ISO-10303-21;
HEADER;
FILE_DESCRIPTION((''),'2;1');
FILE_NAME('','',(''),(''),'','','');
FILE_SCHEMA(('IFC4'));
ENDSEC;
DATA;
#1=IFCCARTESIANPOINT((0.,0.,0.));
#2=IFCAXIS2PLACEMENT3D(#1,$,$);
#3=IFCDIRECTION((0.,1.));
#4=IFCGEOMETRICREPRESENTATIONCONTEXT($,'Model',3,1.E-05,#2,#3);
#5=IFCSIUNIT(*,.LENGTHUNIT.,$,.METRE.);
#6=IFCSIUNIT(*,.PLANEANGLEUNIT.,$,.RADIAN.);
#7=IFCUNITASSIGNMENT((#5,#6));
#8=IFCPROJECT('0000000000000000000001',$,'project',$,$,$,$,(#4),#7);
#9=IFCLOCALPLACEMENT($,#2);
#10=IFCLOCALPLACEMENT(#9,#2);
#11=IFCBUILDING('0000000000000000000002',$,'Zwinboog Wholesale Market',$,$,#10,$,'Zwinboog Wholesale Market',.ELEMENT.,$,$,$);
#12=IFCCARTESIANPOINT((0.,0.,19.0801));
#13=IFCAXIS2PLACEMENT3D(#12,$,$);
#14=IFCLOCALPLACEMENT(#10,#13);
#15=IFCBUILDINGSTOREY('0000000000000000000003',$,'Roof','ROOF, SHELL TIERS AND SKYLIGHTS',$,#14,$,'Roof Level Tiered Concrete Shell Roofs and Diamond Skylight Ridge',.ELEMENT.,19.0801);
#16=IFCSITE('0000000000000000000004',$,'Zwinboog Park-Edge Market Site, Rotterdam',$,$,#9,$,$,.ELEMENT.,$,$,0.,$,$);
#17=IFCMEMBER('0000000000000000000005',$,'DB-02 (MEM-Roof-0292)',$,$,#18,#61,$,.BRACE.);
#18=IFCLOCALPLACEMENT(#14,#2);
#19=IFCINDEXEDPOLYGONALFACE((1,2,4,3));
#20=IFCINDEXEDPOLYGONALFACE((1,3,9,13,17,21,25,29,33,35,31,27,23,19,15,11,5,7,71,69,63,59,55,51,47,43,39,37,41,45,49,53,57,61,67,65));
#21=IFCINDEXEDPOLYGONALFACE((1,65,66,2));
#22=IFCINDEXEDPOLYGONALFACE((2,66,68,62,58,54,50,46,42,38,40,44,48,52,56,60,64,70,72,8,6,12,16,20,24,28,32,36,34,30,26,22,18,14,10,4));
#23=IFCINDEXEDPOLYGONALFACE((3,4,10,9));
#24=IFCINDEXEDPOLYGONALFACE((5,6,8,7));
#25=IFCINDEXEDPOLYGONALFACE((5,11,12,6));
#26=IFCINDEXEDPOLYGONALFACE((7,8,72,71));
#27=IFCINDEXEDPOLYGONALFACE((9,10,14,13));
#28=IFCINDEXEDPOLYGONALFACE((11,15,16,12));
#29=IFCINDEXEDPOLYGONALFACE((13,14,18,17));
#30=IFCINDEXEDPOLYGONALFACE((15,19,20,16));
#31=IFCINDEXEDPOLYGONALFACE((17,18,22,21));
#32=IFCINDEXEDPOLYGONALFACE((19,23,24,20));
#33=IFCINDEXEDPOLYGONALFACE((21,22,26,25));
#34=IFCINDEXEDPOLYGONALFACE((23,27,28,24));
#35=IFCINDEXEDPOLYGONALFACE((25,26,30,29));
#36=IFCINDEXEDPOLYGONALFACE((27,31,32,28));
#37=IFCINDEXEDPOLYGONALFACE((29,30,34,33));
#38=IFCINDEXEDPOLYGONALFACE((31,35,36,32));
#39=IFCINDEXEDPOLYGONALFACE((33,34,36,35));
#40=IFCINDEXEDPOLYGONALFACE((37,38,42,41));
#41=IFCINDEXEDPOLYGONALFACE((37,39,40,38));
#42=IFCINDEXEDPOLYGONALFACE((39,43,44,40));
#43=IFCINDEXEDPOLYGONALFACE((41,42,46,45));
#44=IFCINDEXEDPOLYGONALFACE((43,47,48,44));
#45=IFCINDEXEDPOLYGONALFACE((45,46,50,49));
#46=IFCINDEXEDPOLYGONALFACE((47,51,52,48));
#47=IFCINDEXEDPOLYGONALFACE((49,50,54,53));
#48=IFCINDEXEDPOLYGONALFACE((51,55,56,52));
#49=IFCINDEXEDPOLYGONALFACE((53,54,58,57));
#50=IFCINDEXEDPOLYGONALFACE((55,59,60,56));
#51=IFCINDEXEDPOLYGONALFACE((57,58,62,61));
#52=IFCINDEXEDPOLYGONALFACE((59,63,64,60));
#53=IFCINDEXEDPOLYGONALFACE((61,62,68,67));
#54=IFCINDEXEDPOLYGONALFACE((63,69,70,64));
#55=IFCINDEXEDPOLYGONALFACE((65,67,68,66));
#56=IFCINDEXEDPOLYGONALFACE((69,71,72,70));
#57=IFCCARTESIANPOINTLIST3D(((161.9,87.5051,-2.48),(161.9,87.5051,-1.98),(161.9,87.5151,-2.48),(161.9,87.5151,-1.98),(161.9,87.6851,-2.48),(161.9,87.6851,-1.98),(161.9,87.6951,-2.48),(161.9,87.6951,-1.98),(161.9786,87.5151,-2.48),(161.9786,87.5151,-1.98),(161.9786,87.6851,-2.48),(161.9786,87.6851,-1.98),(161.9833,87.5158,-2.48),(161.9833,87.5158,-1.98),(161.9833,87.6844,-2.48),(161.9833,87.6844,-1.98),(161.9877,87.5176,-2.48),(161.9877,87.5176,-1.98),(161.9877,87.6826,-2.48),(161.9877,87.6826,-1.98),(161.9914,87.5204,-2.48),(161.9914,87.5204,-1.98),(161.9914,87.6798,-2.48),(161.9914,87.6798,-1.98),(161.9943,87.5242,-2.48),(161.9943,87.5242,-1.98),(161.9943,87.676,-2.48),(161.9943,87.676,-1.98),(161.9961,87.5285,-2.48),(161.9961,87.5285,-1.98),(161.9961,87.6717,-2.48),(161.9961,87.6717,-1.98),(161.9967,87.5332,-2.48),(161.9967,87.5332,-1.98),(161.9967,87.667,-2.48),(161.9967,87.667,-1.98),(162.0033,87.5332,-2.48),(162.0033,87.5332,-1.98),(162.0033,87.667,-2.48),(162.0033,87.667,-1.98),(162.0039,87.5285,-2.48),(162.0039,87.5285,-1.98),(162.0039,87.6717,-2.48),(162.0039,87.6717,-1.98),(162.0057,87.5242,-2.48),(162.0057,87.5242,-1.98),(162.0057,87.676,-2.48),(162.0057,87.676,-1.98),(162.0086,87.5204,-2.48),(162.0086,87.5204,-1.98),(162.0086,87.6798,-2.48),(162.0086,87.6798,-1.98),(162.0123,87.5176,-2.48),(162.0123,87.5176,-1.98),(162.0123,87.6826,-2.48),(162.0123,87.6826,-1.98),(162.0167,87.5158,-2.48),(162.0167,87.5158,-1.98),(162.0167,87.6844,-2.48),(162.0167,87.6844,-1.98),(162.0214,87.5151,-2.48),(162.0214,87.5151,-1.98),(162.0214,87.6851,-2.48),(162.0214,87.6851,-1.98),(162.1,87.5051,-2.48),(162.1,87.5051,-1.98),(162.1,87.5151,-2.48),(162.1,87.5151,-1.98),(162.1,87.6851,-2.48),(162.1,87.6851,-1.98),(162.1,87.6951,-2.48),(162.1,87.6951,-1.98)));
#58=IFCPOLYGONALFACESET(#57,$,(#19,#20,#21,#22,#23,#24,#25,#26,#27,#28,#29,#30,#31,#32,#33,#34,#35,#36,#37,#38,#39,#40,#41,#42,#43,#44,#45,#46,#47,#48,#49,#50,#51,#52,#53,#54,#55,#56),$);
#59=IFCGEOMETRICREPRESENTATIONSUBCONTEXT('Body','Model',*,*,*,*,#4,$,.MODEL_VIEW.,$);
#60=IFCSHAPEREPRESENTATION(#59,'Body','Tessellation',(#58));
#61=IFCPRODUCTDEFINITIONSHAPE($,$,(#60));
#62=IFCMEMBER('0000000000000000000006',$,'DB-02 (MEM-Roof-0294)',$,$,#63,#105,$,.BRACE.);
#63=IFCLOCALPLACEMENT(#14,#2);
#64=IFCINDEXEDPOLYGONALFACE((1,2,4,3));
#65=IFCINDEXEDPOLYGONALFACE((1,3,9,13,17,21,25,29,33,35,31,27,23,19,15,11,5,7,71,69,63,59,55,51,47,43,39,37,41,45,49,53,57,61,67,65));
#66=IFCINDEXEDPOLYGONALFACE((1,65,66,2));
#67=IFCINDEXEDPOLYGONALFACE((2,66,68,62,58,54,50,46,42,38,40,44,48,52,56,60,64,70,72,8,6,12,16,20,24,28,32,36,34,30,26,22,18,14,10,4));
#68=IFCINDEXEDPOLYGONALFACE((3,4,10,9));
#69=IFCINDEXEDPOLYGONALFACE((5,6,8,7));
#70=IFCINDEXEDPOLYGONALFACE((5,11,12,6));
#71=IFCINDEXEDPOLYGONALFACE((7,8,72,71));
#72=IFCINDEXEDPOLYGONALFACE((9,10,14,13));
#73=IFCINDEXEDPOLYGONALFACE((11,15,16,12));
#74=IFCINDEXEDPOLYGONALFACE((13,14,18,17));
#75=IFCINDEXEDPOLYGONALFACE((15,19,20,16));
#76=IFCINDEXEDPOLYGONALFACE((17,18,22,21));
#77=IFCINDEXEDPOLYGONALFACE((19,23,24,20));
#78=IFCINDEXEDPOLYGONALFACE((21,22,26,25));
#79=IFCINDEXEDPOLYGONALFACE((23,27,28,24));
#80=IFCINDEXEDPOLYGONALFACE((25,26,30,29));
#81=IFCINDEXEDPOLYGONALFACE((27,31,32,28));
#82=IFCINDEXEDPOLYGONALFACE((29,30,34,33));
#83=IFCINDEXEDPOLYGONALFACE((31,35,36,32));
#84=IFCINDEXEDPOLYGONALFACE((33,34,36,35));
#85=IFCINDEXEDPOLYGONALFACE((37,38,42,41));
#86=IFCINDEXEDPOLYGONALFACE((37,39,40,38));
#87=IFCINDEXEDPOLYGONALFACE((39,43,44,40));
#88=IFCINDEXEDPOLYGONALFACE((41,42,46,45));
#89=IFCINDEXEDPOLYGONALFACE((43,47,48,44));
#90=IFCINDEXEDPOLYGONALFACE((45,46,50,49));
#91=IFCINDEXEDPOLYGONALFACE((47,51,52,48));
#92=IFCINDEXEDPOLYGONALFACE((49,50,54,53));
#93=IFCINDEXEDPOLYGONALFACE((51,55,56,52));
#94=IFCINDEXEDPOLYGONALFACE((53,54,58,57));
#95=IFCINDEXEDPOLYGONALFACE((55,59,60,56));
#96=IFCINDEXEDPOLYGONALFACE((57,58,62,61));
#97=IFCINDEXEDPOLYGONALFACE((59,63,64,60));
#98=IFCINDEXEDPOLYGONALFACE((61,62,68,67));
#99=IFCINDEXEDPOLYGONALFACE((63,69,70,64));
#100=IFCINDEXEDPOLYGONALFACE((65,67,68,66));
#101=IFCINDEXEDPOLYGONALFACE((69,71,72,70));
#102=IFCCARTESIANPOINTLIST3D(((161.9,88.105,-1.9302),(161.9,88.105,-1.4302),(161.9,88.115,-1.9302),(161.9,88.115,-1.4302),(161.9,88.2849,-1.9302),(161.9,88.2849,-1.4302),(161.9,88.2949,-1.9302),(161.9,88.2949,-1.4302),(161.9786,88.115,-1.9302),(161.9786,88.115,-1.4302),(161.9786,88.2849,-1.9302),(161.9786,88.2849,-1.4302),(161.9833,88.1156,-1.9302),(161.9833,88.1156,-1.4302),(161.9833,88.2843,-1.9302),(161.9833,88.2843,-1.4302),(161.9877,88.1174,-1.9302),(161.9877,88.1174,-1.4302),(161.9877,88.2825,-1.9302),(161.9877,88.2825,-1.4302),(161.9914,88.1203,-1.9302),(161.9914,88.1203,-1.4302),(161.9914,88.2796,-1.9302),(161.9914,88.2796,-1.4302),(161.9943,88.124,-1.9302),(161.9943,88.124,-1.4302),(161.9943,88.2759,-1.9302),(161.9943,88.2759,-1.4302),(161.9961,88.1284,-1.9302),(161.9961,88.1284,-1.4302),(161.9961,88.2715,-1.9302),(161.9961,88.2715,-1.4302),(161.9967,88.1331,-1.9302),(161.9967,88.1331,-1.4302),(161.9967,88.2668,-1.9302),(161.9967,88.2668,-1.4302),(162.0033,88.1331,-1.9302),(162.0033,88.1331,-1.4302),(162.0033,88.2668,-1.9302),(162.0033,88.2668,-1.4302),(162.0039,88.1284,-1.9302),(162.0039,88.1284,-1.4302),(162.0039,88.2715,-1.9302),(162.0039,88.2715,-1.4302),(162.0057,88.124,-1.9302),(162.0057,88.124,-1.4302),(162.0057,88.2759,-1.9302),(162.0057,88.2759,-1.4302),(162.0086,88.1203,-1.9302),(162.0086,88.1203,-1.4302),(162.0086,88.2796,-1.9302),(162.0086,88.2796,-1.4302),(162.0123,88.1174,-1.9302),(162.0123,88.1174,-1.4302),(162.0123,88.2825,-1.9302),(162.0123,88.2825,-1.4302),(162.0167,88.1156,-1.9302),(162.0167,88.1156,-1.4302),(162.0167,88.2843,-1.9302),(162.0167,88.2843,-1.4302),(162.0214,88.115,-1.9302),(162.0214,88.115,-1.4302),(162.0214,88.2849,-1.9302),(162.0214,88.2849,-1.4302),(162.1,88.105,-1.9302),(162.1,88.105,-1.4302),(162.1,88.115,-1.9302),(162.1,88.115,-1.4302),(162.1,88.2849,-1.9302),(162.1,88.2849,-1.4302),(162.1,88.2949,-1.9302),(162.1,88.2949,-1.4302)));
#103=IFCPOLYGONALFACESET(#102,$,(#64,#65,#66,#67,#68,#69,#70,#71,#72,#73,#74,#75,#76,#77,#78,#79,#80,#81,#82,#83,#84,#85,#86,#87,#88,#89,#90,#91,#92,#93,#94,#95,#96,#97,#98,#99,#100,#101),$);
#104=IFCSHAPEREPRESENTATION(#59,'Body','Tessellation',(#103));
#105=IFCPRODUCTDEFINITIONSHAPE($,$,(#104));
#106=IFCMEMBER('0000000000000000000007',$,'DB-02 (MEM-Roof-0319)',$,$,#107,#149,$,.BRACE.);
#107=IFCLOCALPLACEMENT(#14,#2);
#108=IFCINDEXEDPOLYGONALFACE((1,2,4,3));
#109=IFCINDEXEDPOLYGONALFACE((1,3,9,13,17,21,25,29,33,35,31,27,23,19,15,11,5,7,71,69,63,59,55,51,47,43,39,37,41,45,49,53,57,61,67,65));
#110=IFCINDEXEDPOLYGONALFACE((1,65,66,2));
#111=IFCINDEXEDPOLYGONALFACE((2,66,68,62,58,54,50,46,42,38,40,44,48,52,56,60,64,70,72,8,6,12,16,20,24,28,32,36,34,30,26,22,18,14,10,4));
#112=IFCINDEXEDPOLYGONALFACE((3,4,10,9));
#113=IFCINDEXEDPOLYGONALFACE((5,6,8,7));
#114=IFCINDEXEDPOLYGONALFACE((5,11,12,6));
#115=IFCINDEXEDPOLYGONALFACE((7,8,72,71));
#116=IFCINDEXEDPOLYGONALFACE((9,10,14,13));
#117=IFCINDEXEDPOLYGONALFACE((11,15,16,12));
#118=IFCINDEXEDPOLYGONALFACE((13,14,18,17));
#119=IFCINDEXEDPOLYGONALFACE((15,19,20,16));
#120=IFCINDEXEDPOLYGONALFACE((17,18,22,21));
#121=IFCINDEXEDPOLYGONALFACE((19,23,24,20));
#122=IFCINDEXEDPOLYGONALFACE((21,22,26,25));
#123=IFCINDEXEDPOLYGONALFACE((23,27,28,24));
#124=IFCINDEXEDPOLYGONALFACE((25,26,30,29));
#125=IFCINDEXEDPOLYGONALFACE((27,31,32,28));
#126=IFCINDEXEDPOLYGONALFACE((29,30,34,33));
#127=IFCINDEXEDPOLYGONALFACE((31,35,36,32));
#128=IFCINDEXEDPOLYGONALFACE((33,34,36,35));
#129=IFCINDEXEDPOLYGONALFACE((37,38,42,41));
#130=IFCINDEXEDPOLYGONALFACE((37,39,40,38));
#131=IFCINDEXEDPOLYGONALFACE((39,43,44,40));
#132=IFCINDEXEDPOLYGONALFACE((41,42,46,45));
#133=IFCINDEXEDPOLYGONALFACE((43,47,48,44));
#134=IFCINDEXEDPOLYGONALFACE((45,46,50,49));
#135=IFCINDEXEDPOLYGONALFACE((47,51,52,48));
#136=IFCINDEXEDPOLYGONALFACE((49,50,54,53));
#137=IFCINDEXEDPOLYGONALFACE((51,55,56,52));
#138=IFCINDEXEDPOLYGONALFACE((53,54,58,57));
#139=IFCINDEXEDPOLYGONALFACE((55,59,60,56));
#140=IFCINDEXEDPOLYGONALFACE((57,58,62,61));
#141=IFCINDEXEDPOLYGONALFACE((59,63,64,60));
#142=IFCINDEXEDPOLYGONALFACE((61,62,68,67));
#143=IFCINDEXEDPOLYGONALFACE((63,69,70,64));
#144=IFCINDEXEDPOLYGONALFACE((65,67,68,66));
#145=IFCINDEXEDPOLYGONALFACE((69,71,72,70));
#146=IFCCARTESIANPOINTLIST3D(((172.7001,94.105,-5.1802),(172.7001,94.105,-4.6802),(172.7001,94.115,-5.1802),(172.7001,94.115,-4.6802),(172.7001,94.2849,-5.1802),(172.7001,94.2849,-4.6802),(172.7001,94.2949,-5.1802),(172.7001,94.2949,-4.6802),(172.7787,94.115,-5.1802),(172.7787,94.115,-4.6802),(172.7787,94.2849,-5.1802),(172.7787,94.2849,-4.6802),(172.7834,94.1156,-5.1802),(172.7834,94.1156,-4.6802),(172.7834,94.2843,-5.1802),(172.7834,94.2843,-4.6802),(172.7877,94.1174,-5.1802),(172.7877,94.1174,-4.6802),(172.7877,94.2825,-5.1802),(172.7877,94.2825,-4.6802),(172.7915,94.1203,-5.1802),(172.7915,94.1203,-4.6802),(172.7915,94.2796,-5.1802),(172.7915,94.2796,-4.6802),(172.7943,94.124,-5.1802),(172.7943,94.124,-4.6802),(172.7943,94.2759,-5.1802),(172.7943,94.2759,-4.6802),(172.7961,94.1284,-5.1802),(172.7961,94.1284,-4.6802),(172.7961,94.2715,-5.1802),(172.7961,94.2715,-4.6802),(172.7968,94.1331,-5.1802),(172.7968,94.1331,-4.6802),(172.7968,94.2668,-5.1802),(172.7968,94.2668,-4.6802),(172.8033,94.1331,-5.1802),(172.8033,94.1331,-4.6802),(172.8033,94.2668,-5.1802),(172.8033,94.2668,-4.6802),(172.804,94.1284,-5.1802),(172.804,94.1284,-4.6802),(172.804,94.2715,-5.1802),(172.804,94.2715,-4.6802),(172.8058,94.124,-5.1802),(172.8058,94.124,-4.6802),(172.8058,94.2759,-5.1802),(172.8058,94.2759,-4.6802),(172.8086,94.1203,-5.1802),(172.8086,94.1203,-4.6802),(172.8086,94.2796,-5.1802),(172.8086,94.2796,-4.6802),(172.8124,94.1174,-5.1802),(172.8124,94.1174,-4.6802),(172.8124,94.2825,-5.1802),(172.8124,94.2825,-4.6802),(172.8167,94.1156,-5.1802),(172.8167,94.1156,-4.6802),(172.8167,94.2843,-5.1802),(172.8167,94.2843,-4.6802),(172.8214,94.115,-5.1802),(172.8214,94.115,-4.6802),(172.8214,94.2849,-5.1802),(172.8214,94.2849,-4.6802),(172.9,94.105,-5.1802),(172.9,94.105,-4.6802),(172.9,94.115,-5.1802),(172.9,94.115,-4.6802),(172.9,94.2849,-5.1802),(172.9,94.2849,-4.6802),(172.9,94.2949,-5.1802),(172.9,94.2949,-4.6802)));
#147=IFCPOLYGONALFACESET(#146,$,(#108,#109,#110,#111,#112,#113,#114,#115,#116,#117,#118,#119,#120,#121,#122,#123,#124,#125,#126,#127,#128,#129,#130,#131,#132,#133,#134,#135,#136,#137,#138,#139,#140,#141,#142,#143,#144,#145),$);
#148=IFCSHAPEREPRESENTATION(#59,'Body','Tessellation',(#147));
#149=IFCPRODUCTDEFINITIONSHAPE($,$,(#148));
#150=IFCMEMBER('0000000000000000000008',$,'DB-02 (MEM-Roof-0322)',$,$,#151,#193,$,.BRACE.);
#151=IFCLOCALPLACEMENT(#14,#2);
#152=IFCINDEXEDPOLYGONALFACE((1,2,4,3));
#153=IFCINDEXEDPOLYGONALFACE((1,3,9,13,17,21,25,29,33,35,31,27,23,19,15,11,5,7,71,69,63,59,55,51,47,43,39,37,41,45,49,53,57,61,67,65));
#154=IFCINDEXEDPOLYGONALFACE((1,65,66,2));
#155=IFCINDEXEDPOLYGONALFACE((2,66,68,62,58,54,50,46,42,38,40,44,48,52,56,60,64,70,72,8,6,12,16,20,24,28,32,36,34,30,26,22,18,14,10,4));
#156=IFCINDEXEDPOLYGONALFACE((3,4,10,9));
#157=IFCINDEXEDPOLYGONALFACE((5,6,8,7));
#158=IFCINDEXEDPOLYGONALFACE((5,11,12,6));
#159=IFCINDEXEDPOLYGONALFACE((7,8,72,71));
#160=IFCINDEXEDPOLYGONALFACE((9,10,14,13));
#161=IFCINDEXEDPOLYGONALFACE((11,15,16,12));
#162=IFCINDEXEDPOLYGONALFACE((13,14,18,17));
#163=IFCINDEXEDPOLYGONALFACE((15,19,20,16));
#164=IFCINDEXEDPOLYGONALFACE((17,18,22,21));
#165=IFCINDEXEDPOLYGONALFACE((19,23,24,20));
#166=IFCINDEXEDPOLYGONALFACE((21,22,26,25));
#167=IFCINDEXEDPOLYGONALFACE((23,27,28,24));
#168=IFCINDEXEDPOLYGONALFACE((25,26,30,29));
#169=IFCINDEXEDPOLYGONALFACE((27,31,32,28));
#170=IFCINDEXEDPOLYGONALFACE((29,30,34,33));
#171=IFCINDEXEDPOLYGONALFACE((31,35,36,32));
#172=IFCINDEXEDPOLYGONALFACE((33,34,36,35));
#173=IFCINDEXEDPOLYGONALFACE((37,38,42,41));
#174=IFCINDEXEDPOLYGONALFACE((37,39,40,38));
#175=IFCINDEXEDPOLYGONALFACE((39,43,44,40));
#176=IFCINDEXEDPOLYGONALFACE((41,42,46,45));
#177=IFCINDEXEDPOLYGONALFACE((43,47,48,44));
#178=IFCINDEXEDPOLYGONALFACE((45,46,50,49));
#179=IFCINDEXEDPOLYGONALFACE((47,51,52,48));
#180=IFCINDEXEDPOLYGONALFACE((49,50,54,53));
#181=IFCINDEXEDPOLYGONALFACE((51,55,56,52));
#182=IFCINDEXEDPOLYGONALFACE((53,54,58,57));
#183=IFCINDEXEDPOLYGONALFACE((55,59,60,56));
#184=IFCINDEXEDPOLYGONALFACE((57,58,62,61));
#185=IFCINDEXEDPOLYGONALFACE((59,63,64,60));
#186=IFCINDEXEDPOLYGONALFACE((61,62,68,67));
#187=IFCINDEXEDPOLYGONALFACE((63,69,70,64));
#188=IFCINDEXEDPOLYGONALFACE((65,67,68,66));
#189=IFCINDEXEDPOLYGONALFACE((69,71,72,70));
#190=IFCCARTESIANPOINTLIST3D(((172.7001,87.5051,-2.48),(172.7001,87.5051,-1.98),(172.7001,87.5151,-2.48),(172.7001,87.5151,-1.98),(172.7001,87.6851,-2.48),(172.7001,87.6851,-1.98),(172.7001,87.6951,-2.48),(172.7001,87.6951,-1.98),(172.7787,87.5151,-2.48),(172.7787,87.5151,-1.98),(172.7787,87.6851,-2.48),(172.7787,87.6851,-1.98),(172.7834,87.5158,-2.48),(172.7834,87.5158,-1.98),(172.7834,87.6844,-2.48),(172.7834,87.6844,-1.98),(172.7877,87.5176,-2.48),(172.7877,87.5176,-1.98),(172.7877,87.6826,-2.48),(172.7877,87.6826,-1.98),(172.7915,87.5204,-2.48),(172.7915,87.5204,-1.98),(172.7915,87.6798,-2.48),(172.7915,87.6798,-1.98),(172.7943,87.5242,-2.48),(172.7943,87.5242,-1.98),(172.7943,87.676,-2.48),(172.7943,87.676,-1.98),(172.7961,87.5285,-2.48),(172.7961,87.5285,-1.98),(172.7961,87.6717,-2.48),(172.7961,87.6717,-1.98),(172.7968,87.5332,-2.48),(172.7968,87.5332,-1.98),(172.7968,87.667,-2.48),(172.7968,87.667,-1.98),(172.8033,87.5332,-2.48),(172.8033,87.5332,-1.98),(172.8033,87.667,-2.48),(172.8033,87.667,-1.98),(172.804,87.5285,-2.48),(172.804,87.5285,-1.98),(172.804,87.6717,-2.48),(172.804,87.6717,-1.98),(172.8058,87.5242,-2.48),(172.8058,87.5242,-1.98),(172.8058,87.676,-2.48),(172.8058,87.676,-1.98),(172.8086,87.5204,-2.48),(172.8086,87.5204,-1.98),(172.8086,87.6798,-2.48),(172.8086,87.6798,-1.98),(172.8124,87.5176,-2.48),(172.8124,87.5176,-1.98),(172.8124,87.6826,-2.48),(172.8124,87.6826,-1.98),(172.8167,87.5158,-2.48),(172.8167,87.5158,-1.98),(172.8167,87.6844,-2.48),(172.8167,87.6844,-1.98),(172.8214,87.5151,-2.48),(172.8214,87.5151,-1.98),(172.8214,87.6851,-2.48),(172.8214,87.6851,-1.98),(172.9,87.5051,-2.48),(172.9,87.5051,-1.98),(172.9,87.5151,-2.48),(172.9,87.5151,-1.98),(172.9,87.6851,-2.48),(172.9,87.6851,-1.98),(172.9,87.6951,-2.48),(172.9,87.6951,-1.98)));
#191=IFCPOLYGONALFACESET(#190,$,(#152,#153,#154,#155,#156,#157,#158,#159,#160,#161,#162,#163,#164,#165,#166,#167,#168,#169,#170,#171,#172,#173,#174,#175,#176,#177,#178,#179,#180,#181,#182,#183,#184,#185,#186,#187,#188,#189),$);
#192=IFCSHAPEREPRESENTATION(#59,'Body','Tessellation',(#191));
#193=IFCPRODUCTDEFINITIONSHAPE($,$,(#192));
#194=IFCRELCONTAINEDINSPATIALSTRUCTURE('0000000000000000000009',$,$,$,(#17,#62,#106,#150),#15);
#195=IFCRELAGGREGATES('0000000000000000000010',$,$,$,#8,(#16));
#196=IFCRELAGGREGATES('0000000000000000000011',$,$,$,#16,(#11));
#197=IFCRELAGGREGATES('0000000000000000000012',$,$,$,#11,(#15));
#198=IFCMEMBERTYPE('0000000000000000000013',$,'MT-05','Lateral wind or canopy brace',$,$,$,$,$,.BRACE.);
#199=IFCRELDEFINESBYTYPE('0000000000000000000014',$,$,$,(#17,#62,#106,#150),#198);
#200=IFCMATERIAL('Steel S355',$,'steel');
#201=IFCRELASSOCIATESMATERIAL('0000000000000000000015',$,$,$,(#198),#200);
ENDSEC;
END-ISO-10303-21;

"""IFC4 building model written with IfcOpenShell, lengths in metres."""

from ifc_helpers import new_model, si_unit, direction, frame, origin, origin_2d, place, context, subcontext, project, spatial, i_section, extrude, material, material_profile, profile_set, type_object, element, save


model = new_model("IFC4")

# Units and contexts
model_context = context("Model", 3, precision=1e-05, world=origin(), true_north=direction((0.0, 1.0)))
body_context = subcontext(model_context, "Body", "Model", "MODEL_VIEW")
ifc_project = project(units=[si_unit("LENGTHUNIT", "METRE"), si_unit("PLANEANGLEUNIT", "RADIAN")], contexts=[model_context])

# Site, building, storey
site_placement = place(None, origin())
site = spatial("IfcSite", under=ifc_project, at=site_placement, Name="Zwinboog Park-Edge Market Site, Rotterdam", CompositionType="ELEMENT", RefElevation=0.0)
building_placement = place(site_placement, origin())
building = spatial("IfcBuilding", under=site, at=building_placement, Name="Zwinboog Wholesale Market", LongName="Zwinboog Wholesale Market", CompositionType="ELEMENT")
storey_placement = place(building_placement, frame((0.0, 0.0, 19.0801)))
storey = spatial("IfcBuildingStorey", under=building, at=storey_placement, Name="Roof", Description="ROOF, SHELL TIERS AND SKYLIGHTS", LongName="Roof Level Tiered Concrete Shell Roofs and Diamond Skylight Ridge", CompositionType="ELEMENT", Elevation=19.0801)

# Shared definitions
ifc_material_1 = material(Name="Steel S355", Category="steel")

# Members
ifc_material_profile_1 = material_profile(ifc_material_1, i_section(OverallWidth=0.2, OverallDepth=0.1899, WebThickness=0.0066, FlangeThickness=0.01, FilletRadius=0.0181, at=origin_2d()), Name="HEA 200")
ifc_profile_set_1 = profile_set([ifc_material_profile_1], Name="Steel S355")
member_type_1 = type_object("IfcMemberType", Name="MT-05", Description="Lateral wind or canopy brace", PredefinedType="BRACE", material=ifc_profile_set_1)
for number, where, z_axis, x_axis, name in (
    (1, (162.0, 87.6001, -2.48), (0.0, 0.0, 1.0), (1.0, 0.0, 0.0), "DB-02 (MEM-Roof-0292)"),
    (2, (162.0, 88.2, -1.9302), (0.0, 0.0, 1.0), (1.0, 0.0, 0.0), "DB-02 (MEM-Roof-0294)"),
    (3, (172.8, 94.2, -5.1802), (0.0, 0.0, 1.0), (1.0, 0.0, 0.0), "DB-02 (MEM-Roof-0319)"),
    (4, (172.8, 87.6001, -2.48), (0.0, 0.0, 1.0), (1.0, 0.0, 0.0), "DB-02 (MEM-Roof-0322)"),
):
    element("IfcMember", number, at=place(storey_placement, frame(where, z_axis=z_axis, x_axis=x_axis)), inside=storey, type_object=member_type_1, Name=name, PredefinedType="BRACE", context=body_context, shape_type="SweptSolid", body=[
        extrude(i_section(OverallWidth=0.2, OverallDepth=0.1899, WebThickness=0.0066, FlangeThickness=0.01, FilletRadius=0.0181, at=origin_2d()), origin(), (0.0, 0.0, 1.0), 0.5),
    ])

save(model, "model.ifc")
